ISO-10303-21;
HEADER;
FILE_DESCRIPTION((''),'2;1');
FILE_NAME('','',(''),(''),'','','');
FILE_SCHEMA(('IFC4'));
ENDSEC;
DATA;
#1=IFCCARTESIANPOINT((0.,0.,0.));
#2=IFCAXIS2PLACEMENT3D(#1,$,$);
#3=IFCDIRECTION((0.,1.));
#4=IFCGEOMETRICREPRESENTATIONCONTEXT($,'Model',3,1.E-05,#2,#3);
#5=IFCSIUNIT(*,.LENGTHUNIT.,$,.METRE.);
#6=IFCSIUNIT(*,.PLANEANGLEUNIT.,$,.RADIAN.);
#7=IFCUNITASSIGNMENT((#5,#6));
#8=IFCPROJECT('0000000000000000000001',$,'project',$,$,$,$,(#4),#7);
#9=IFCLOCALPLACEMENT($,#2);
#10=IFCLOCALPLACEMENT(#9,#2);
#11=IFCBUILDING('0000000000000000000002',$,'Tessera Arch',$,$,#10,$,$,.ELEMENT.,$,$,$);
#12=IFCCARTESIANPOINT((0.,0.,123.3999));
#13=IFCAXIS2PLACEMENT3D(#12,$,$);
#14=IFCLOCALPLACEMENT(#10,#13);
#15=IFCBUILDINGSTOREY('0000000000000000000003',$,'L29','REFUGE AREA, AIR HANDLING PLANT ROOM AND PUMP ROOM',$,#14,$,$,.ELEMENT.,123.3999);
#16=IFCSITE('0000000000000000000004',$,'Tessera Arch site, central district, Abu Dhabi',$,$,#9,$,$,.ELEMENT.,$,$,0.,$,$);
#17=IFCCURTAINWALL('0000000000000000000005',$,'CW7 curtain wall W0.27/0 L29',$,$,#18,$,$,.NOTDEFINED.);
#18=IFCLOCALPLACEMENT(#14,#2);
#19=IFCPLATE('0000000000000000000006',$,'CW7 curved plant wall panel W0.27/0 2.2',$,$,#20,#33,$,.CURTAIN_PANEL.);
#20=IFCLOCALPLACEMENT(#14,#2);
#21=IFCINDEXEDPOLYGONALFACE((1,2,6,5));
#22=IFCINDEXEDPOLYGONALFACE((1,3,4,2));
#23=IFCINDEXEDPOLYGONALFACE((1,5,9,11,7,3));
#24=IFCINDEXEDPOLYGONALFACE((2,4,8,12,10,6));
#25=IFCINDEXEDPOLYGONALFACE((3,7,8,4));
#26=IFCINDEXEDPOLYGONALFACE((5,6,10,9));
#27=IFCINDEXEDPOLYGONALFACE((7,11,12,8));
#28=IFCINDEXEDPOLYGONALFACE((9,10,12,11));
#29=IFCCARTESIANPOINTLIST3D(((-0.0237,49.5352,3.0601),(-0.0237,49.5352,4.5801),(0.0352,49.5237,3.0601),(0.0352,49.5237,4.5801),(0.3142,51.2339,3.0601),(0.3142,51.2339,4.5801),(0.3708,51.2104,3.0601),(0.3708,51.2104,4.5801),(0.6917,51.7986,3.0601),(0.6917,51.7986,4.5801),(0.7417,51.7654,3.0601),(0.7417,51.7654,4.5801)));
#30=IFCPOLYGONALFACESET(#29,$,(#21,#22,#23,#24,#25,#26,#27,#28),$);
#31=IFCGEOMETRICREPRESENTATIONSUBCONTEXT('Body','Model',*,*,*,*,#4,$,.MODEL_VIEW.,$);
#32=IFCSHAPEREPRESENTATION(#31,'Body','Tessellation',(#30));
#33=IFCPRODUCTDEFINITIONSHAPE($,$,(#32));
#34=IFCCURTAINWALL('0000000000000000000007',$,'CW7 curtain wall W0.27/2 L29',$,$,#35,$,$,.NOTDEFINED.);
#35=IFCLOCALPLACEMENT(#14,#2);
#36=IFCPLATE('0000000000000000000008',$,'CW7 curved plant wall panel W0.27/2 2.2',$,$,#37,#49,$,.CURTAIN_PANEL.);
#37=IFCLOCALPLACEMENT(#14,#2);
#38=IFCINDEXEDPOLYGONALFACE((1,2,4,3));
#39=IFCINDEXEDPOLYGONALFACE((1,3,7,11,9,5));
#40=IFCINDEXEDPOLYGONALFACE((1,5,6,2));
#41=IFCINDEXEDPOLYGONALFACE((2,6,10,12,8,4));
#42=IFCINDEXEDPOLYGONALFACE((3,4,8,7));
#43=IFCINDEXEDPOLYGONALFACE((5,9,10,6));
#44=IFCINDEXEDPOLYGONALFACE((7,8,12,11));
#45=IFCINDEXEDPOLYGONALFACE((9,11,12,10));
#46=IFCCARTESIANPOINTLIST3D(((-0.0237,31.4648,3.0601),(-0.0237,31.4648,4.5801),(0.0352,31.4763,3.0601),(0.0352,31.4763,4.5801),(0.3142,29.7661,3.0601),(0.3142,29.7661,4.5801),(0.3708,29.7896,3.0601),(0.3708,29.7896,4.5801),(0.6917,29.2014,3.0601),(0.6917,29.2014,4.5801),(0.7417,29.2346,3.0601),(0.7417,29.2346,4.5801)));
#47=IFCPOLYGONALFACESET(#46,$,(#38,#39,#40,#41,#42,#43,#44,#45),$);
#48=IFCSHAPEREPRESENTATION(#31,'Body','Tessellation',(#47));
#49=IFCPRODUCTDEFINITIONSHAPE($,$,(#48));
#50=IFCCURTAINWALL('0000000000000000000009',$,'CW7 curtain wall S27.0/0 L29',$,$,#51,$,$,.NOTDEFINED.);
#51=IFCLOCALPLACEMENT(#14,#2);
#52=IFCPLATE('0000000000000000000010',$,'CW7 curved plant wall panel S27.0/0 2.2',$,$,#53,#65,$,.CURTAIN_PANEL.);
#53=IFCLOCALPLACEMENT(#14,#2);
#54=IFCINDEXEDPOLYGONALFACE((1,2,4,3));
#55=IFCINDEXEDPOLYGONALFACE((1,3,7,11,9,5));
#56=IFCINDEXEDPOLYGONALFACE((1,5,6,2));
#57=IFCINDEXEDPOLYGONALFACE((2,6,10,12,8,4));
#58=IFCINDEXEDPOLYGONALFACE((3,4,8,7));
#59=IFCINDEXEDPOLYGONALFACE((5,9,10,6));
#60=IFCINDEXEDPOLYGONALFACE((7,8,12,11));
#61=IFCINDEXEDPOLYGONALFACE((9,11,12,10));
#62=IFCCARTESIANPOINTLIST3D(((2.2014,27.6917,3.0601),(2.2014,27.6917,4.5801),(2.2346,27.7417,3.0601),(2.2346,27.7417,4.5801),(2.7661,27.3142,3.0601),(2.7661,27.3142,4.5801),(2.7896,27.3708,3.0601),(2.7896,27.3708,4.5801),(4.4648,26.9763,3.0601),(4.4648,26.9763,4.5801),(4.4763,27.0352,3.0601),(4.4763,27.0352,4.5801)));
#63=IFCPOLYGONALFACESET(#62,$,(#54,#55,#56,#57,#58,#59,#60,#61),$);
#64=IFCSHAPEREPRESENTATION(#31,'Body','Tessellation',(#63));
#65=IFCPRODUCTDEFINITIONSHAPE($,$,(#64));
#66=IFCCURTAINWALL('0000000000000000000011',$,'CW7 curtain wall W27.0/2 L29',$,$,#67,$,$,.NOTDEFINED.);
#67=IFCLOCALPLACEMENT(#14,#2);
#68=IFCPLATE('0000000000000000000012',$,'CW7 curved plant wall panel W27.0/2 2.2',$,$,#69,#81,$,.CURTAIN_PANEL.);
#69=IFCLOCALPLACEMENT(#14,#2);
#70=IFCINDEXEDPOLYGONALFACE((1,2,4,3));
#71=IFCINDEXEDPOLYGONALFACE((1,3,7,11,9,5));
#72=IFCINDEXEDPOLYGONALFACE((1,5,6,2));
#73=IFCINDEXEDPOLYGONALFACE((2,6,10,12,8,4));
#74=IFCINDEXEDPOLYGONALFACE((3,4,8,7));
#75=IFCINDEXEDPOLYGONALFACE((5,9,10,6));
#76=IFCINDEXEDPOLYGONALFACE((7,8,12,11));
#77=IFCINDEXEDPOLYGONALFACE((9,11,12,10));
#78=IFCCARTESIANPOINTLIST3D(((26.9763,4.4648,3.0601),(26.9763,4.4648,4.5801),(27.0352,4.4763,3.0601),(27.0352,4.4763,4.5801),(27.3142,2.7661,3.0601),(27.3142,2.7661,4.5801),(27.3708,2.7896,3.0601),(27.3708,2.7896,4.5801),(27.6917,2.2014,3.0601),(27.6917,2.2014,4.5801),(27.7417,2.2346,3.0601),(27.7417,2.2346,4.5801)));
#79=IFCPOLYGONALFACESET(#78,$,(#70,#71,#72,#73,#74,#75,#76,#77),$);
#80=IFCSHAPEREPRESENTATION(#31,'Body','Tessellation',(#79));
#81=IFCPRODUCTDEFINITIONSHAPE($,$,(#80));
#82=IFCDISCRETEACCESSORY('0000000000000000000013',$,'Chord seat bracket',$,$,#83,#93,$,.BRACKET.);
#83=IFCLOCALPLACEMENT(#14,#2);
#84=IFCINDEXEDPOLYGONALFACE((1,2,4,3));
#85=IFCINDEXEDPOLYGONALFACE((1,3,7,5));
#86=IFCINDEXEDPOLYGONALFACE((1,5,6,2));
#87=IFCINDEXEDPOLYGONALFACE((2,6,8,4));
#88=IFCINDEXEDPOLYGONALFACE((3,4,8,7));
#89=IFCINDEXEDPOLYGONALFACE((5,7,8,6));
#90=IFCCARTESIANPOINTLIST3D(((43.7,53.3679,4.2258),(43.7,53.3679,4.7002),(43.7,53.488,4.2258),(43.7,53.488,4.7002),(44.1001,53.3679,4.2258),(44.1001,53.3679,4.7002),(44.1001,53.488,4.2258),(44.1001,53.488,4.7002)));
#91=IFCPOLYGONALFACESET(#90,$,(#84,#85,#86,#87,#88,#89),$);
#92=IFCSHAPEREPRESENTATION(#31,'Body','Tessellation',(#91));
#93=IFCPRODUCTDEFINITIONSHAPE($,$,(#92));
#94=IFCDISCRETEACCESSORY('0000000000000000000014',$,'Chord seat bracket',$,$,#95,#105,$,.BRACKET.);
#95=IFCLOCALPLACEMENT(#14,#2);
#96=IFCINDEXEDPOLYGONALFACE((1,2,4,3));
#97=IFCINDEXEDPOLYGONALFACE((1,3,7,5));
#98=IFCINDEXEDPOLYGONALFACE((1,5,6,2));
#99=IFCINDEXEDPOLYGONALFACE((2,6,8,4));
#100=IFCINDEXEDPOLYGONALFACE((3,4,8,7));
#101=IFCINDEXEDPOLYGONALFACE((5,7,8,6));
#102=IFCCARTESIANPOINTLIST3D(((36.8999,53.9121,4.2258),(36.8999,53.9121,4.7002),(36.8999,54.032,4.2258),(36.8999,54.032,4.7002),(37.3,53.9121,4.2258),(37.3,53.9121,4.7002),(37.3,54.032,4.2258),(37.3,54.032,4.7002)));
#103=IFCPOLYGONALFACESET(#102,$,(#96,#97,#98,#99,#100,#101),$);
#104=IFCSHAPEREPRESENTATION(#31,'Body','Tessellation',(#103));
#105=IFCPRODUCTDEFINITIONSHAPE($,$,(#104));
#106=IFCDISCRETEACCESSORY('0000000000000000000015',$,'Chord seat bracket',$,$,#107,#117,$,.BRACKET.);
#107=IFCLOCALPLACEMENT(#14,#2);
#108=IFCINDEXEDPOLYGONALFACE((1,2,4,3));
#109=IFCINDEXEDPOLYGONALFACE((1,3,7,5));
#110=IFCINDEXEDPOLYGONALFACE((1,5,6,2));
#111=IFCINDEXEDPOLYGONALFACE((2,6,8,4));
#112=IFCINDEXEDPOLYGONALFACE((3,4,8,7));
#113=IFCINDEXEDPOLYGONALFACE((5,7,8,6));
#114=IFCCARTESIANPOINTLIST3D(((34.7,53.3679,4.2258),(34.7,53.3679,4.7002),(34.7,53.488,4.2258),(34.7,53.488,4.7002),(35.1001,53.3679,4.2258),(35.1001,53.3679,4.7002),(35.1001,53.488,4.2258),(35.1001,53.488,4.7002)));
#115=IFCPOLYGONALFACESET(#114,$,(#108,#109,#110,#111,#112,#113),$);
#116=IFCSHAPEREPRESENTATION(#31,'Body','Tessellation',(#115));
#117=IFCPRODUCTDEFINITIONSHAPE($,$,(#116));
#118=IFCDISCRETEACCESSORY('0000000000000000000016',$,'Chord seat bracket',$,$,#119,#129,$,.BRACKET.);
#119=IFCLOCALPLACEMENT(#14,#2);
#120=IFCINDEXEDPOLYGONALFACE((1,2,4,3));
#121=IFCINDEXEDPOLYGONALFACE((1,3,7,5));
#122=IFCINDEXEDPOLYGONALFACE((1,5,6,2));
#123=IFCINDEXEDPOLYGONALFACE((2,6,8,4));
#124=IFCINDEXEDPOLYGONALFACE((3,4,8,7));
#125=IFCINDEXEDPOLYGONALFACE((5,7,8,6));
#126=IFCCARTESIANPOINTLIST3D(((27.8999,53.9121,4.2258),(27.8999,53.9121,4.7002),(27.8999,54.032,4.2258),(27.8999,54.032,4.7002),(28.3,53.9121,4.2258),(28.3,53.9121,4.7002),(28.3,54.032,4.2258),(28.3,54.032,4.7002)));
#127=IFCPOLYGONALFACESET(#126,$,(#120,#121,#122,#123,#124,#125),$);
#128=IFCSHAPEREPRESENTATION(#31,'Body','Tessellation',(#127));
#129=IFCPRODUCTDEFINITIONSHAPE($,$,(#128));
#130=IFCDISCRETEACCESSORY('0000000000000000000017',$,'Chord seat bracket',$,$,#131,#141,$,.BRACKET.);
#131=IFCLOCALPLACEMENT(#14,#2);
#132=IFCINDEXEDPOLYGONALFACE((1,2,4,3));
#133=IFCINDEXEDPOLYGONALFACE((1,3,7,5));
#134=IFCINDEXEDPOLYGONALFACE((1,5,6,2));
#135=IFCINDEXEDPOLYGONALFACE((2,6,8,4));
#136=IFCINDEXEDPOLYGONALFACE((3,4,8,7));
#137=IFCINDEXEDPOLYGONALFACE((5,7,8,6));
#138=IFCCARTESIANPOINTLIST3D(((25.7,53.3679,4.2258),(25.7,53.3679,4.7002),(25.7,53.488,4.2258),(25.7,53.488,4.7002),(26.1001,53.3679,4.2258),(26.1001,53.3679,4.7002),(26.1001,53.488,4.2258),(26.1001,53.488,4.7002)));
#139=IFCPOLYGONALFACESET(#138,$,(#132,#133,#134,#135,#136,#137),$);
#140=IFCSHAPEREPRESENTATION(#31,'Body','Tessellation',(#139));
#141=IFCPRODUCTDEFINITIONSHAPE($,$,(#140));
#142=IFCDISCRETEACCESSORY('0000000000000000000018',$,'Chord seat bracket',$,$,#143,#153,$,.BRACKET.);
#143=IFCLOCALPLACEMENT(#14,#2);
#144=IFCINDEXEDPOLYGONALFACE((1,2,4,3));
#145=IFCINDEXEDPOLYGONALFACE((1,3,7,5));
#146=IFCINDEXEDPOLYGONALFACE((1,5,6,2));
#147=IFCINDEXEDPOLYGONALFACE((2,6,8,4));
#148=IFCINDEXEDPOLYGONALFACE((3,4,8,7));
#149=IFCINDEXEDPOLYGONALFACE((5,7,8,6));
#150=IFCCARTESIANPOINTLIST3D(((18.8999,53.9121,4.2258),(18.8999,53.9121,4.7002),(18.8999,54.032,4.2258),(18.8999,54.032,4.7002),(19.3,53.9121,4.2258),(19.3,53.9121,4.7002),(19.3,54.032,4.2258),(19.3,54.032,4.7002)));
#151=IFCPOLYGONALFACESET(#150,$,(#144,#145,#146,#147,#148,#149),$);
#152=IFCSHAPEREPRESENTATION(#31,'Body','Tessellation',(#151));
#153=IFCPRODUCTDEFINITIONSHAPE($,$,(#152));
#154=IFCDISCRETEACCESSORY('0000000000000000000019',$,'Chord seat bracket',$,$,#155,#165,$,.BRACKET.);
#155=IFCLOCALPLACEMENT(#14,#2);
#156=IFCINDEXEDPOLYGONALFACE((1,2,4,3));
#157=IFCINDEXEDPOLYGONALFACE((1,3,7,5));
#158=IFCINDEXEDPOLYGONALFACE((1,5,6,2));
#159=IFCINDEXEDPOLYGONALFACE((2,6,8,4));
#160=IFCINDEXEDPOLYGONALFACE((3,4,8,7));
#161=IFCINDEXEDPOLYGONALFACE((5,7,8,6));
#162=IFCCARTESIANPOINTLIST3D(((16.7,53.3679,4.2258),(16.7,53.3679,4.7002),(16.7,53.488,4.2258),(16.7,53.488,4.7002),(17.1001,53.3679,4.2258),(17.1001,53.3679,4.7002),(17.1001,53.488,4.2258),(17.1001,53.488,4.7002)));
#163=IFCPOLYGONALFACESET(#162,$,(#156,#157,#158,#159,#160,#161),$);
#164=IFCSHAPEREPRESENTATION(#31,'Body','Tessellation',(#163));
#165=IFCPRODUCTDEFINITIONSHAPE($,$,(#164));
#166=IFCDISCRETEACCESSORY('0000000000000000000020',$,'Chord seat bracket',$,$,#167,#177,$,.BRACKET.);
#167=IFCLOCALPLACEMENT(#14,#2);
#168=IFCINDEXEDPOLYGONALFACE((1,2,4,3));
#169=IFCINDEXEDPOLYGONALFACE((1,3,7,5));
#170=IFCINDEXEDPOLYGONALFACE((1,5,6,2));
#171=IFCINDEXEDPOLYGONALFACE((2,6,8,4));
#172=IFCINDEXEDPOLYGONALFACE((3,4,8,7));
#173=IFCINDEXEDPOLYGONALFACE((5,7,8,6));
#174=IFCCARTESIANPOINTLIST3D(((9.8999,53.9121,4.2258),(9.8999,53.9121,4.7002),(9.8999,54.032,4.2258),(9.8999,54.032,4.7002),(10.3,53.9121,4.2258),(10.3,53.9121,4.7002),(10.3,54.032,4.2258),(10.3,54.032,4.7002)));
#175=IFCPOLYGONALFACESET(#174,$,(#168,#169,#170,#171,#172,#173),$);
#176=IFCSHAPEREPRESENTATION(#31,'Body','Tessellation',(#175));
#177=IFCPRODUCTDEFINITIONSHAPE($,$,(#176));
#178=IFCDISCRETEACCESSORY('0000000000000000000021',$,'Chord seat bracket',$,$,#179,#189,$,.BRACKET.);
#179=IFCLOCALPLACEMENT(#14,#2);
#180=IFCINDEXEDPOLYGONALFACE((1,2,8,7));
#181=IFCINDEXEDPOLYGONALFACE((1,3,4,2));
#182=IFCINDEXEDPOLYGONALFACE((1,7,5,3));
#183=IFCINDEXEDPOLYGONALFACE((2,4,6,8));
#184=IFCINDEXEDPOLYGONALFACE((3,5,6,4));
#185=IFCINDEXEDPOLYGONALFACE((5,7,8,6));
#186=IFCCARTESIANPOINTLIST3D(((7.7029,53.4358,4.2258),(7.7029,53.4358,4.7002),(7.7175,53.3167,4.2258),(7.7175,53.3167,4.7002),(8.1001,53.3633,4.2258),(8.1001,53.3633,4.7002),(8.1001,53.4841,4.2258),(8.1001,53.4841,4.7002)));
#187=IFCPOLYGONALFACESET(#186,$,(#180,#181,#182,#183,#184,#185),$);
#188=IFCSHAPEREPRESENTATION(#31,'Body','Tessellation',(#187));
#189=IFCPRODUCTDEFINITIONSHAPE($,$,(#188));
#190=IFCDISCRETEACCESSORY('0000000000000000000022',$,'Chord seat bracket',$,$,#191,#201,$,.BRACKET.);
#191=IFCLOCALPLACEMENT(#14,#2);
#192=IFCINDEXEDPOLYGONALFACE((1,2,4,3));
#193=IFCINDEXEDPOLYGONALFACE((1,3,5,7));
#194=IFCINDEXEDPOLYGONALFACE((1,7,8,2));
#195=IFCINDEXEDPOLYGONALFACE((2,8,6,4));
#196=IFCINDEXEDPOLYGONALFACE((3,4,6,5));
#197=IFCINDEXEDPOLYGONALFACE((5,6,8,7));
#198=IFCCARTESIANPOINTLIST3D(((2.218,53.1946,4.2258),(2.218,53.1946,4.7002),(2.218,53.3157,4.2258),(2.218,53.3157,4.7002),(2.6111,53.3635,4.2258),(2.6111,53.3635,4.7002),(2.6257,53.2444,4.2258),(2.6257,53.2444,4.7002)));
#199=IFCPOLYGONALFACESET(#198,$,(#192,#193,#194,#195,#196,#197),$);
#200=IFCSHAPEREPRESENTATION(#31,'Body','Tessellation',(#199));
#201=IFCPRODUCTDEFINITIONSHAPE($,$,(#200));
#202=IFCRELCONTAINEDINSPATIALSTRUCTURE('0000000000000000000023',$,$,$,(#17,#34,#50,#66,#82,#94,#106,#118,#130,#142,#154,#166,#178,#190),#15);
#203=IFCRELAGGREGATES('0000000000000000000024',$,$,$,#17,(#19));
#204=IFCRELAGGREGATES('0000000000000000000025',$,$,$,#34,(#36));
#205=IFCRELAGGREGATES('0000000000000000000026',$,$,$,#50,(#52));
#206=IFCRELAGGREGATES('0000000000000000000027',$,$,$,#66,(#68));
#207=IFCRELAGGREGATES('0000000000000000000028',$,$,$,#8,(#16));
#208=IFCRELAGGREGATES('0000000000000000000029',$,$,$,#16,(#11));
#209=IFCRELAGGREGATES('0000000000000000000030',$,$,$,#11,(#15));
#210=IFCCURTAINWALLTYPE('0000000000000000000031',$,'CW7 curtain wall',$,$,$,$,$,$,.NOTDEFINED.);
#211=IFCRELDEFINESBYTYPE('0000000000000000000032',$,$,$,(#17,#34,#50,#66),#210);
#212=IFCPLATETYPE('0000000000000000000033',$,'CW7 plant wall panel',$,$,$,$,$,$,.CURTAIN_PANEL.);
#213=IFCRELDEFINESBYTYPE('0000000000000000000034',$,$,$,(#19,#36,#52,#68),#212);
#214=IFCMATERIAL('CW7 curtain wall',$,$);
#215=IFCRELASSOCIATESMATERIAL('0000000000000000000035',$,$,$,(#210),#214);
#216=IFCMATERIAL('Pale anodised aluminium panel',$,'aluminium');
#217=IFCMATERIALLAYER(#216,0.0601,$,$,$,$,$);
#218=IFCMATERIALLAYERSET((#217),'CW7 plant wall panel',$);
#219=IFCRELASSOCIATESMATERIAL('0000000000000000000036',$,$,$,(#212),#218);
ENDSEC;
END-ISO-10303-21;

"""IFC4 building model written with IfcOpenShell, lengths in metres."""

from ifc_helpers import new_model, si_unit, direction, frame, origin, place, context, subcontext, project, spatial, polyline, outline, extrude, material, layer, layer_set, type_object, element, aggregate, save


model = new_model("IFC4")

# Units and contexts
model_context = context("Model", 3, precision=1e-05, world=origin(), true_north=direction((0.0, 1.0)))
body_context = subcontext(model_context, "Body", "Model", "MODEL_VIEW")
ifc_project = project(units=[si_unit("LENGTHUNIT", "METRE"), si_unit("PLANEANGLEUNIT", "RADIAN")], contexts=[model_context])

# Site, building, storey
site_placement = place(None, origin())
site = spatial("IfcSite", under=ifc_project, at=site_placement, Name="Tessera Arch site, central district, Abu Dhabi", CompositionType="ELEMENT", RefElevation=0.0)
building_placement = place(site_placement, origin())
building = spatial("IfcBuilding", under=site, at=building_placement, Name="Tessera Arch", CompositionType="ELEMENT")
storey_placement = place(building_placement, frame((0.0, 0.0, 123.3999)))
storey = spatial("IfcBuildingStorey", under=building, at=storey_placement, Name="L29", Description="REFUGE AREA, AIR HANDLING PLANT ROOM AND PUMP ROOM", CompositionType="ELEMENT", Elevation=123.3999)

# Curtain walls, plates
ifc_material_1 = material(Name="CW7 curtain wall")
curtain_wall_type = type_object("IfcCurtainWallType", Name="CW7 curtain wall", PredefinedType="NOTDEFINED", material=ifc_material_1)
curtain_wall_1_placement = place(storey_placement, origin())
curtain_wall_1 = element("IfcCurtainWall", 1, at=curtain_wall_1_placement, inside=storey, type_object=curtain_wall_type, Name="CW7 curtain wall W0.27/0 L29", PredefinedType="NOTDEFINED")
ifc_material_2 = material(Name="Pale anodised aluminium panel", Category="aluminium")
ifc_layer = layer(ifc_material_2, 0.0601)
ifc_layer_set = layer_set([ifc_layer], Name="CW7 plant wall panel")
plate_type = type_object("IfcPlateType", Name="CW7 plant wall panel", PredefinedType="CURTAIN_PANEL", material=ifc_layer_set)
plate_1_placement = place(storey_placement, frame((0.0, 0.0, 3.0601)))
plate_1 = element("IfcPlate", 2, at=plate_1_placement, type_object=plate_type, Name="CW7 curved plant wall panel W0.27/0 2.2", PredefinedType="CURTAIN_PANEL", context=body_context, shape_type="SweptSolid", body=[
    extrude(outline(polyline([(0.3708, 51.2104), (0.7417, 51.7654), (0.6917, 51.7986), (0.3142, 51.2339), (-0.0237, 49.5352), (0.0352, 49.5237), (0.3708, 51.2104)])), origin(), (0.0, 0.0, 1.0), 1.52),
])
aggregate(curtain_wall_1, [plate_1])
curtain_wall_2_placement = place(storey_placement, origin())
curtain_wall_2 = element("IfcCurtainWall", 3, at=curtain_wall_2_placement, inside=storey, type_object=curtain_wall_type, Name="CW7 curtain wall W0.27/2 L29", PredefinedType="NOTDEFINED")
plate_2_placement = place(storey_placement, frame((0.0, 0.0, 3.0601)))
plate_2 = element("IfcPlate", 4, at=plate_2_placement, type_object=plate_type, Name="CW7 curved plant wall panel W0.27/2 2.2", PredefinedType="CURTAIN_PANEL", context=body_context, shape_type="SweptSolid", body=[
    extrude(outline(polyline([(0.3708, 29.7896), (0.0352, 31.4763), (-0.0237, 31.4648), (0.3142, 29.7661), (0.6917, 29.2014), (0.7417, 29.2346), (0.3708, 29.7896)])), origin(), (0.0, 0.0, 1.0), 1.52),
])
aggregate(curtain_wall_2, [plate_2])
curtain_wall_3_placement = place(storey_placement, origin())
curtain_wall_3 = element("IfcCurtainWall", 5, at=curtain_wall_3_placement, inside=storey, type_object=curtain_wall_type, Name="CW7 curtain wall S27.0/0 L29", PredefinedType="NOTDEFINED")
plate_3_placement = place(storey_placement, frame((0.0, 0.0, 3.0601)))
plate_3 = element("IfcPlate", 6, at=plate_3_placement, type_object=plate_type, Name="CW7 curved plant wall panel S27.0/0 2.2", PredefinedType="CURTAIN_PANEL", context=body_context, shape_type="SweptSolid", body=[
    extrude(outline(polyline([(2.7896, 27.3708), (2.2346, 27.7417), (2.2014, 27.6917), (2.7661, 27.3142), (4.4648, 26.9763), (4.4763, 27.0352), (2.7896, 27.3708)])), origin(), (0.0, 0.0, 1.0), 1.52),
])
aggregate(curtain_wall_3, [plate_3])
curtain_wall_4_placement = place(storey_placement, origin())
curtain_wall_4 = element("IfcCurtainWall", 7, at=curtain_wall_4_placement, inside=storey, type_object=curtain_wall_type, Name="CW7 curtain wall W27.0/2 L29", PredefinedType="NOTDEFINED")
plate_4_placement = place(storey_placement, frame((0.0, 0.0, 3.0601)))
plate_4 = element("IfcPlate", 8, at=plate_4_placement, type_object=plate_type, Name="CW7 curved plant wall panel W27.0/2 2.2", PredefinedType="CURTAIN_PANEL", context=body_context, shape_type="SweptSolid", body=[
    extrude(outline(polyline([(27.3708, 2.7896), (27.0352, 4.4763), (26.9763, 4.4648), (27.3142, 2.7661), (27.6917, 2.2014), (27.7417, 2.2346), (27.3708, 2.7896)])), origin(), (0.0, 0.0, 1.0), 1.52),
])
aggregate(curtain_wall_4, [plate_4])

# Discrete accessories
discrete_accessory_1_placement = place(storey_placement, frame((0.0, 0.0, 4.2258)))
element("IfcDiscreteAccessory", 9, at=discrete_accessory_1_placement, inside=storey, Name="Chord seat bracket", PredefinedType="BRACKET", context=body_context, shape_type="SweptSolid", body=[
    extrude(outline(polyline([(43.7, 53.488), (44.1001, 53.488), (44.1001, 53.3679), (43.7, 53.3679), (43.7, 53.488)])), origin(), (0.0, 0.0, 1.0), 0.4744),
])
discrete_accessory_2_placement = place(storey_placement, frame((0.0, 0.0, 4.2258)))
element("IfcDiscreteAccessory", 10, at=discrete_accessory_2_placement, inside=storey, Name="Chord seat bracket", PredefinedType="BRACKET", context=body_context, shape_type="SweptSolid", body=[
    extrude(outline(polyline([(36.8999, 53.9121), (36.8999, 54.032), (37.3, 54.032), (37.3, 53.9121), (36.8999, 53.9121)])), origin(), (0.0, 0.0, 1.0), 0.4744),
])
discrete_accessory_3_placement = place(storey_placement, frame((0.0, 0.0, 4.2258)))
element("IfcDiscreteAccessory", 11, at=discrete_accessory_3_placement, inside=storey, Name="Chord seat bracket", PredefinedType="BRACKET", context=body_context, shape_type="SweptSolid", body=[
    extrude(outline(polyline([(35.1001, 53.488), (35.1001, 53.3679), (34.7, 53.3679), (34.7, 53.488), (35.1001, 53.488)])), origin(), (0.0, 0.0, 1.0), 0.4744),
])
discrete_accessory_4_placement = place(storey_placement, frame((0.0, 0.0, 4.2258)))
element("IfcDiscreteAccessory", 12, at=discrete_accessory_4_placement, inside=storey, Name="Chord seat bracket", PredefinedType="BRACKET", context=body_context, shape_type="SweptSolid", body=[
    extrude(outline(polyline([(28.3, 53.9121), (27.8999, 53.9121), (27.8999, 54.032), (28.3, 54.032), (28.3, 53.9121)])), origin(), (0.0, 0.0, 1.0), 0.4744),
])
discrete_accessory_5_placement = place(storey_placement, frame((0.0, 0.0, 4.2258)))
element("IfcDiscreteAccessory", 13, at=discrete_accessory_5_placement, inside=storey, Name="Chord seat bracket", PredefinedType="BRACKET", context=body_context, shape_type="SweptSolid", body=[
    extrude(outline(polyline([(25.7, 53.488), (26.1001, 53.488), (26.1001, 53.3679), (25.7, 53.3679), (25.7, 53.488)])), origin(), (0.0, 0.0, 1.0), 0.4744),
])
discrete_accessory_6_placement = place(storey_placement, frame((0.0, 0.0, 4.2258)))
element("IfcDiscreteAccessory", 14, at=discrete_accessory_6_placement, inside=storey, Name="Chord seat bracket", PredefinedType="BRACKET", context=body_context, shape_type="SweptSolid", body=[
    extrude(outline(polyline([(19.3, 53.9121), (18.8999, 53.9121), (18.8999, 54.032), (19.3, 54.032), (19.3, 53.9121)])), origin(), (0.0, 0.0, 1.0), 0.4744),
])
discrete_accessory_7_placement = place(storey_placement, frame((0.0, 0.0, 4.2258)))
element("IfcDiscreteAccessory", 15, at=discrete_accessory_7_placement, inside=storey, Name="Chord seat bracket", PredefinedType="BRACKET", context=body_context, shape_type="SweptSolid", body=[
    extrude(outline(polyline([(16.7, 53.488), (17.1001, 53.488), (17.1001, 53.3679), (16.7, 53.3679), (16.7, 53.488)])), origin(), (0.0, 0.0, 1.0), 0.4744),
])
discrete_accessory_8_placement = place(storey_placement, frame((0.0, 0.0, 4.2258)))
element("IfcDiscreteAccessory", 16, at=discrete_accessory_8_placement, inside=storey, Name="Chord seat bracket", PredefinedType="BRACKET", context=body_context, shape_type="SweptSolid", body=[
    extrude(outline(polyline([(9.8999, 53.9121), (9.8999, 54.032), (10.3, 54.032), (10.3, 53.9121), (9.8999, 53.9121)])), origin(), (0.0, 0.0, 1.0), 0.4744),
])
discrete_accessory_9_placement = place(storey_placement, frame((0.0, 0.0, 4.2258)))
element("IfcDiscreteAccessory", 17, at=discrete_accessory_9_placement, inside=storey, Name="Chord seat bracket", PredefinedType="BRACKET", context=body_context, shape_type="SweptSolid", body=[
    extrude(outline(polyline([(8.1001, 53.4841), (8.1001, 53.3633), (7.7175, 53.3167), (7.7029, 53.4358), (8.1001, 53.4841)])), origin(), (0.0, 0.0, 1.0), 0.4744),
])
discrete_accessory_10_placement = place(storey_placement, frame((0.0, 0.0, 4.2258)))
element("IfcDiscreteAccessory", 18, at=discrete_accessory_10_placement, inside=storey, Name="Chord seat bracket", PredefinedType="BRACKET", context=body_context, shape_type="SweptSolid", body=[
    extrude(outline(polyline([(2.6257, 53.2444), (2.218, 53.1946), (2.218, 53.3157), (2.6111, 53.3635), (2.6257, 53.2444)])), origin(), (0.0, 0.0, 1.0), 0.4744),
])

save(model, "model.ifc")
